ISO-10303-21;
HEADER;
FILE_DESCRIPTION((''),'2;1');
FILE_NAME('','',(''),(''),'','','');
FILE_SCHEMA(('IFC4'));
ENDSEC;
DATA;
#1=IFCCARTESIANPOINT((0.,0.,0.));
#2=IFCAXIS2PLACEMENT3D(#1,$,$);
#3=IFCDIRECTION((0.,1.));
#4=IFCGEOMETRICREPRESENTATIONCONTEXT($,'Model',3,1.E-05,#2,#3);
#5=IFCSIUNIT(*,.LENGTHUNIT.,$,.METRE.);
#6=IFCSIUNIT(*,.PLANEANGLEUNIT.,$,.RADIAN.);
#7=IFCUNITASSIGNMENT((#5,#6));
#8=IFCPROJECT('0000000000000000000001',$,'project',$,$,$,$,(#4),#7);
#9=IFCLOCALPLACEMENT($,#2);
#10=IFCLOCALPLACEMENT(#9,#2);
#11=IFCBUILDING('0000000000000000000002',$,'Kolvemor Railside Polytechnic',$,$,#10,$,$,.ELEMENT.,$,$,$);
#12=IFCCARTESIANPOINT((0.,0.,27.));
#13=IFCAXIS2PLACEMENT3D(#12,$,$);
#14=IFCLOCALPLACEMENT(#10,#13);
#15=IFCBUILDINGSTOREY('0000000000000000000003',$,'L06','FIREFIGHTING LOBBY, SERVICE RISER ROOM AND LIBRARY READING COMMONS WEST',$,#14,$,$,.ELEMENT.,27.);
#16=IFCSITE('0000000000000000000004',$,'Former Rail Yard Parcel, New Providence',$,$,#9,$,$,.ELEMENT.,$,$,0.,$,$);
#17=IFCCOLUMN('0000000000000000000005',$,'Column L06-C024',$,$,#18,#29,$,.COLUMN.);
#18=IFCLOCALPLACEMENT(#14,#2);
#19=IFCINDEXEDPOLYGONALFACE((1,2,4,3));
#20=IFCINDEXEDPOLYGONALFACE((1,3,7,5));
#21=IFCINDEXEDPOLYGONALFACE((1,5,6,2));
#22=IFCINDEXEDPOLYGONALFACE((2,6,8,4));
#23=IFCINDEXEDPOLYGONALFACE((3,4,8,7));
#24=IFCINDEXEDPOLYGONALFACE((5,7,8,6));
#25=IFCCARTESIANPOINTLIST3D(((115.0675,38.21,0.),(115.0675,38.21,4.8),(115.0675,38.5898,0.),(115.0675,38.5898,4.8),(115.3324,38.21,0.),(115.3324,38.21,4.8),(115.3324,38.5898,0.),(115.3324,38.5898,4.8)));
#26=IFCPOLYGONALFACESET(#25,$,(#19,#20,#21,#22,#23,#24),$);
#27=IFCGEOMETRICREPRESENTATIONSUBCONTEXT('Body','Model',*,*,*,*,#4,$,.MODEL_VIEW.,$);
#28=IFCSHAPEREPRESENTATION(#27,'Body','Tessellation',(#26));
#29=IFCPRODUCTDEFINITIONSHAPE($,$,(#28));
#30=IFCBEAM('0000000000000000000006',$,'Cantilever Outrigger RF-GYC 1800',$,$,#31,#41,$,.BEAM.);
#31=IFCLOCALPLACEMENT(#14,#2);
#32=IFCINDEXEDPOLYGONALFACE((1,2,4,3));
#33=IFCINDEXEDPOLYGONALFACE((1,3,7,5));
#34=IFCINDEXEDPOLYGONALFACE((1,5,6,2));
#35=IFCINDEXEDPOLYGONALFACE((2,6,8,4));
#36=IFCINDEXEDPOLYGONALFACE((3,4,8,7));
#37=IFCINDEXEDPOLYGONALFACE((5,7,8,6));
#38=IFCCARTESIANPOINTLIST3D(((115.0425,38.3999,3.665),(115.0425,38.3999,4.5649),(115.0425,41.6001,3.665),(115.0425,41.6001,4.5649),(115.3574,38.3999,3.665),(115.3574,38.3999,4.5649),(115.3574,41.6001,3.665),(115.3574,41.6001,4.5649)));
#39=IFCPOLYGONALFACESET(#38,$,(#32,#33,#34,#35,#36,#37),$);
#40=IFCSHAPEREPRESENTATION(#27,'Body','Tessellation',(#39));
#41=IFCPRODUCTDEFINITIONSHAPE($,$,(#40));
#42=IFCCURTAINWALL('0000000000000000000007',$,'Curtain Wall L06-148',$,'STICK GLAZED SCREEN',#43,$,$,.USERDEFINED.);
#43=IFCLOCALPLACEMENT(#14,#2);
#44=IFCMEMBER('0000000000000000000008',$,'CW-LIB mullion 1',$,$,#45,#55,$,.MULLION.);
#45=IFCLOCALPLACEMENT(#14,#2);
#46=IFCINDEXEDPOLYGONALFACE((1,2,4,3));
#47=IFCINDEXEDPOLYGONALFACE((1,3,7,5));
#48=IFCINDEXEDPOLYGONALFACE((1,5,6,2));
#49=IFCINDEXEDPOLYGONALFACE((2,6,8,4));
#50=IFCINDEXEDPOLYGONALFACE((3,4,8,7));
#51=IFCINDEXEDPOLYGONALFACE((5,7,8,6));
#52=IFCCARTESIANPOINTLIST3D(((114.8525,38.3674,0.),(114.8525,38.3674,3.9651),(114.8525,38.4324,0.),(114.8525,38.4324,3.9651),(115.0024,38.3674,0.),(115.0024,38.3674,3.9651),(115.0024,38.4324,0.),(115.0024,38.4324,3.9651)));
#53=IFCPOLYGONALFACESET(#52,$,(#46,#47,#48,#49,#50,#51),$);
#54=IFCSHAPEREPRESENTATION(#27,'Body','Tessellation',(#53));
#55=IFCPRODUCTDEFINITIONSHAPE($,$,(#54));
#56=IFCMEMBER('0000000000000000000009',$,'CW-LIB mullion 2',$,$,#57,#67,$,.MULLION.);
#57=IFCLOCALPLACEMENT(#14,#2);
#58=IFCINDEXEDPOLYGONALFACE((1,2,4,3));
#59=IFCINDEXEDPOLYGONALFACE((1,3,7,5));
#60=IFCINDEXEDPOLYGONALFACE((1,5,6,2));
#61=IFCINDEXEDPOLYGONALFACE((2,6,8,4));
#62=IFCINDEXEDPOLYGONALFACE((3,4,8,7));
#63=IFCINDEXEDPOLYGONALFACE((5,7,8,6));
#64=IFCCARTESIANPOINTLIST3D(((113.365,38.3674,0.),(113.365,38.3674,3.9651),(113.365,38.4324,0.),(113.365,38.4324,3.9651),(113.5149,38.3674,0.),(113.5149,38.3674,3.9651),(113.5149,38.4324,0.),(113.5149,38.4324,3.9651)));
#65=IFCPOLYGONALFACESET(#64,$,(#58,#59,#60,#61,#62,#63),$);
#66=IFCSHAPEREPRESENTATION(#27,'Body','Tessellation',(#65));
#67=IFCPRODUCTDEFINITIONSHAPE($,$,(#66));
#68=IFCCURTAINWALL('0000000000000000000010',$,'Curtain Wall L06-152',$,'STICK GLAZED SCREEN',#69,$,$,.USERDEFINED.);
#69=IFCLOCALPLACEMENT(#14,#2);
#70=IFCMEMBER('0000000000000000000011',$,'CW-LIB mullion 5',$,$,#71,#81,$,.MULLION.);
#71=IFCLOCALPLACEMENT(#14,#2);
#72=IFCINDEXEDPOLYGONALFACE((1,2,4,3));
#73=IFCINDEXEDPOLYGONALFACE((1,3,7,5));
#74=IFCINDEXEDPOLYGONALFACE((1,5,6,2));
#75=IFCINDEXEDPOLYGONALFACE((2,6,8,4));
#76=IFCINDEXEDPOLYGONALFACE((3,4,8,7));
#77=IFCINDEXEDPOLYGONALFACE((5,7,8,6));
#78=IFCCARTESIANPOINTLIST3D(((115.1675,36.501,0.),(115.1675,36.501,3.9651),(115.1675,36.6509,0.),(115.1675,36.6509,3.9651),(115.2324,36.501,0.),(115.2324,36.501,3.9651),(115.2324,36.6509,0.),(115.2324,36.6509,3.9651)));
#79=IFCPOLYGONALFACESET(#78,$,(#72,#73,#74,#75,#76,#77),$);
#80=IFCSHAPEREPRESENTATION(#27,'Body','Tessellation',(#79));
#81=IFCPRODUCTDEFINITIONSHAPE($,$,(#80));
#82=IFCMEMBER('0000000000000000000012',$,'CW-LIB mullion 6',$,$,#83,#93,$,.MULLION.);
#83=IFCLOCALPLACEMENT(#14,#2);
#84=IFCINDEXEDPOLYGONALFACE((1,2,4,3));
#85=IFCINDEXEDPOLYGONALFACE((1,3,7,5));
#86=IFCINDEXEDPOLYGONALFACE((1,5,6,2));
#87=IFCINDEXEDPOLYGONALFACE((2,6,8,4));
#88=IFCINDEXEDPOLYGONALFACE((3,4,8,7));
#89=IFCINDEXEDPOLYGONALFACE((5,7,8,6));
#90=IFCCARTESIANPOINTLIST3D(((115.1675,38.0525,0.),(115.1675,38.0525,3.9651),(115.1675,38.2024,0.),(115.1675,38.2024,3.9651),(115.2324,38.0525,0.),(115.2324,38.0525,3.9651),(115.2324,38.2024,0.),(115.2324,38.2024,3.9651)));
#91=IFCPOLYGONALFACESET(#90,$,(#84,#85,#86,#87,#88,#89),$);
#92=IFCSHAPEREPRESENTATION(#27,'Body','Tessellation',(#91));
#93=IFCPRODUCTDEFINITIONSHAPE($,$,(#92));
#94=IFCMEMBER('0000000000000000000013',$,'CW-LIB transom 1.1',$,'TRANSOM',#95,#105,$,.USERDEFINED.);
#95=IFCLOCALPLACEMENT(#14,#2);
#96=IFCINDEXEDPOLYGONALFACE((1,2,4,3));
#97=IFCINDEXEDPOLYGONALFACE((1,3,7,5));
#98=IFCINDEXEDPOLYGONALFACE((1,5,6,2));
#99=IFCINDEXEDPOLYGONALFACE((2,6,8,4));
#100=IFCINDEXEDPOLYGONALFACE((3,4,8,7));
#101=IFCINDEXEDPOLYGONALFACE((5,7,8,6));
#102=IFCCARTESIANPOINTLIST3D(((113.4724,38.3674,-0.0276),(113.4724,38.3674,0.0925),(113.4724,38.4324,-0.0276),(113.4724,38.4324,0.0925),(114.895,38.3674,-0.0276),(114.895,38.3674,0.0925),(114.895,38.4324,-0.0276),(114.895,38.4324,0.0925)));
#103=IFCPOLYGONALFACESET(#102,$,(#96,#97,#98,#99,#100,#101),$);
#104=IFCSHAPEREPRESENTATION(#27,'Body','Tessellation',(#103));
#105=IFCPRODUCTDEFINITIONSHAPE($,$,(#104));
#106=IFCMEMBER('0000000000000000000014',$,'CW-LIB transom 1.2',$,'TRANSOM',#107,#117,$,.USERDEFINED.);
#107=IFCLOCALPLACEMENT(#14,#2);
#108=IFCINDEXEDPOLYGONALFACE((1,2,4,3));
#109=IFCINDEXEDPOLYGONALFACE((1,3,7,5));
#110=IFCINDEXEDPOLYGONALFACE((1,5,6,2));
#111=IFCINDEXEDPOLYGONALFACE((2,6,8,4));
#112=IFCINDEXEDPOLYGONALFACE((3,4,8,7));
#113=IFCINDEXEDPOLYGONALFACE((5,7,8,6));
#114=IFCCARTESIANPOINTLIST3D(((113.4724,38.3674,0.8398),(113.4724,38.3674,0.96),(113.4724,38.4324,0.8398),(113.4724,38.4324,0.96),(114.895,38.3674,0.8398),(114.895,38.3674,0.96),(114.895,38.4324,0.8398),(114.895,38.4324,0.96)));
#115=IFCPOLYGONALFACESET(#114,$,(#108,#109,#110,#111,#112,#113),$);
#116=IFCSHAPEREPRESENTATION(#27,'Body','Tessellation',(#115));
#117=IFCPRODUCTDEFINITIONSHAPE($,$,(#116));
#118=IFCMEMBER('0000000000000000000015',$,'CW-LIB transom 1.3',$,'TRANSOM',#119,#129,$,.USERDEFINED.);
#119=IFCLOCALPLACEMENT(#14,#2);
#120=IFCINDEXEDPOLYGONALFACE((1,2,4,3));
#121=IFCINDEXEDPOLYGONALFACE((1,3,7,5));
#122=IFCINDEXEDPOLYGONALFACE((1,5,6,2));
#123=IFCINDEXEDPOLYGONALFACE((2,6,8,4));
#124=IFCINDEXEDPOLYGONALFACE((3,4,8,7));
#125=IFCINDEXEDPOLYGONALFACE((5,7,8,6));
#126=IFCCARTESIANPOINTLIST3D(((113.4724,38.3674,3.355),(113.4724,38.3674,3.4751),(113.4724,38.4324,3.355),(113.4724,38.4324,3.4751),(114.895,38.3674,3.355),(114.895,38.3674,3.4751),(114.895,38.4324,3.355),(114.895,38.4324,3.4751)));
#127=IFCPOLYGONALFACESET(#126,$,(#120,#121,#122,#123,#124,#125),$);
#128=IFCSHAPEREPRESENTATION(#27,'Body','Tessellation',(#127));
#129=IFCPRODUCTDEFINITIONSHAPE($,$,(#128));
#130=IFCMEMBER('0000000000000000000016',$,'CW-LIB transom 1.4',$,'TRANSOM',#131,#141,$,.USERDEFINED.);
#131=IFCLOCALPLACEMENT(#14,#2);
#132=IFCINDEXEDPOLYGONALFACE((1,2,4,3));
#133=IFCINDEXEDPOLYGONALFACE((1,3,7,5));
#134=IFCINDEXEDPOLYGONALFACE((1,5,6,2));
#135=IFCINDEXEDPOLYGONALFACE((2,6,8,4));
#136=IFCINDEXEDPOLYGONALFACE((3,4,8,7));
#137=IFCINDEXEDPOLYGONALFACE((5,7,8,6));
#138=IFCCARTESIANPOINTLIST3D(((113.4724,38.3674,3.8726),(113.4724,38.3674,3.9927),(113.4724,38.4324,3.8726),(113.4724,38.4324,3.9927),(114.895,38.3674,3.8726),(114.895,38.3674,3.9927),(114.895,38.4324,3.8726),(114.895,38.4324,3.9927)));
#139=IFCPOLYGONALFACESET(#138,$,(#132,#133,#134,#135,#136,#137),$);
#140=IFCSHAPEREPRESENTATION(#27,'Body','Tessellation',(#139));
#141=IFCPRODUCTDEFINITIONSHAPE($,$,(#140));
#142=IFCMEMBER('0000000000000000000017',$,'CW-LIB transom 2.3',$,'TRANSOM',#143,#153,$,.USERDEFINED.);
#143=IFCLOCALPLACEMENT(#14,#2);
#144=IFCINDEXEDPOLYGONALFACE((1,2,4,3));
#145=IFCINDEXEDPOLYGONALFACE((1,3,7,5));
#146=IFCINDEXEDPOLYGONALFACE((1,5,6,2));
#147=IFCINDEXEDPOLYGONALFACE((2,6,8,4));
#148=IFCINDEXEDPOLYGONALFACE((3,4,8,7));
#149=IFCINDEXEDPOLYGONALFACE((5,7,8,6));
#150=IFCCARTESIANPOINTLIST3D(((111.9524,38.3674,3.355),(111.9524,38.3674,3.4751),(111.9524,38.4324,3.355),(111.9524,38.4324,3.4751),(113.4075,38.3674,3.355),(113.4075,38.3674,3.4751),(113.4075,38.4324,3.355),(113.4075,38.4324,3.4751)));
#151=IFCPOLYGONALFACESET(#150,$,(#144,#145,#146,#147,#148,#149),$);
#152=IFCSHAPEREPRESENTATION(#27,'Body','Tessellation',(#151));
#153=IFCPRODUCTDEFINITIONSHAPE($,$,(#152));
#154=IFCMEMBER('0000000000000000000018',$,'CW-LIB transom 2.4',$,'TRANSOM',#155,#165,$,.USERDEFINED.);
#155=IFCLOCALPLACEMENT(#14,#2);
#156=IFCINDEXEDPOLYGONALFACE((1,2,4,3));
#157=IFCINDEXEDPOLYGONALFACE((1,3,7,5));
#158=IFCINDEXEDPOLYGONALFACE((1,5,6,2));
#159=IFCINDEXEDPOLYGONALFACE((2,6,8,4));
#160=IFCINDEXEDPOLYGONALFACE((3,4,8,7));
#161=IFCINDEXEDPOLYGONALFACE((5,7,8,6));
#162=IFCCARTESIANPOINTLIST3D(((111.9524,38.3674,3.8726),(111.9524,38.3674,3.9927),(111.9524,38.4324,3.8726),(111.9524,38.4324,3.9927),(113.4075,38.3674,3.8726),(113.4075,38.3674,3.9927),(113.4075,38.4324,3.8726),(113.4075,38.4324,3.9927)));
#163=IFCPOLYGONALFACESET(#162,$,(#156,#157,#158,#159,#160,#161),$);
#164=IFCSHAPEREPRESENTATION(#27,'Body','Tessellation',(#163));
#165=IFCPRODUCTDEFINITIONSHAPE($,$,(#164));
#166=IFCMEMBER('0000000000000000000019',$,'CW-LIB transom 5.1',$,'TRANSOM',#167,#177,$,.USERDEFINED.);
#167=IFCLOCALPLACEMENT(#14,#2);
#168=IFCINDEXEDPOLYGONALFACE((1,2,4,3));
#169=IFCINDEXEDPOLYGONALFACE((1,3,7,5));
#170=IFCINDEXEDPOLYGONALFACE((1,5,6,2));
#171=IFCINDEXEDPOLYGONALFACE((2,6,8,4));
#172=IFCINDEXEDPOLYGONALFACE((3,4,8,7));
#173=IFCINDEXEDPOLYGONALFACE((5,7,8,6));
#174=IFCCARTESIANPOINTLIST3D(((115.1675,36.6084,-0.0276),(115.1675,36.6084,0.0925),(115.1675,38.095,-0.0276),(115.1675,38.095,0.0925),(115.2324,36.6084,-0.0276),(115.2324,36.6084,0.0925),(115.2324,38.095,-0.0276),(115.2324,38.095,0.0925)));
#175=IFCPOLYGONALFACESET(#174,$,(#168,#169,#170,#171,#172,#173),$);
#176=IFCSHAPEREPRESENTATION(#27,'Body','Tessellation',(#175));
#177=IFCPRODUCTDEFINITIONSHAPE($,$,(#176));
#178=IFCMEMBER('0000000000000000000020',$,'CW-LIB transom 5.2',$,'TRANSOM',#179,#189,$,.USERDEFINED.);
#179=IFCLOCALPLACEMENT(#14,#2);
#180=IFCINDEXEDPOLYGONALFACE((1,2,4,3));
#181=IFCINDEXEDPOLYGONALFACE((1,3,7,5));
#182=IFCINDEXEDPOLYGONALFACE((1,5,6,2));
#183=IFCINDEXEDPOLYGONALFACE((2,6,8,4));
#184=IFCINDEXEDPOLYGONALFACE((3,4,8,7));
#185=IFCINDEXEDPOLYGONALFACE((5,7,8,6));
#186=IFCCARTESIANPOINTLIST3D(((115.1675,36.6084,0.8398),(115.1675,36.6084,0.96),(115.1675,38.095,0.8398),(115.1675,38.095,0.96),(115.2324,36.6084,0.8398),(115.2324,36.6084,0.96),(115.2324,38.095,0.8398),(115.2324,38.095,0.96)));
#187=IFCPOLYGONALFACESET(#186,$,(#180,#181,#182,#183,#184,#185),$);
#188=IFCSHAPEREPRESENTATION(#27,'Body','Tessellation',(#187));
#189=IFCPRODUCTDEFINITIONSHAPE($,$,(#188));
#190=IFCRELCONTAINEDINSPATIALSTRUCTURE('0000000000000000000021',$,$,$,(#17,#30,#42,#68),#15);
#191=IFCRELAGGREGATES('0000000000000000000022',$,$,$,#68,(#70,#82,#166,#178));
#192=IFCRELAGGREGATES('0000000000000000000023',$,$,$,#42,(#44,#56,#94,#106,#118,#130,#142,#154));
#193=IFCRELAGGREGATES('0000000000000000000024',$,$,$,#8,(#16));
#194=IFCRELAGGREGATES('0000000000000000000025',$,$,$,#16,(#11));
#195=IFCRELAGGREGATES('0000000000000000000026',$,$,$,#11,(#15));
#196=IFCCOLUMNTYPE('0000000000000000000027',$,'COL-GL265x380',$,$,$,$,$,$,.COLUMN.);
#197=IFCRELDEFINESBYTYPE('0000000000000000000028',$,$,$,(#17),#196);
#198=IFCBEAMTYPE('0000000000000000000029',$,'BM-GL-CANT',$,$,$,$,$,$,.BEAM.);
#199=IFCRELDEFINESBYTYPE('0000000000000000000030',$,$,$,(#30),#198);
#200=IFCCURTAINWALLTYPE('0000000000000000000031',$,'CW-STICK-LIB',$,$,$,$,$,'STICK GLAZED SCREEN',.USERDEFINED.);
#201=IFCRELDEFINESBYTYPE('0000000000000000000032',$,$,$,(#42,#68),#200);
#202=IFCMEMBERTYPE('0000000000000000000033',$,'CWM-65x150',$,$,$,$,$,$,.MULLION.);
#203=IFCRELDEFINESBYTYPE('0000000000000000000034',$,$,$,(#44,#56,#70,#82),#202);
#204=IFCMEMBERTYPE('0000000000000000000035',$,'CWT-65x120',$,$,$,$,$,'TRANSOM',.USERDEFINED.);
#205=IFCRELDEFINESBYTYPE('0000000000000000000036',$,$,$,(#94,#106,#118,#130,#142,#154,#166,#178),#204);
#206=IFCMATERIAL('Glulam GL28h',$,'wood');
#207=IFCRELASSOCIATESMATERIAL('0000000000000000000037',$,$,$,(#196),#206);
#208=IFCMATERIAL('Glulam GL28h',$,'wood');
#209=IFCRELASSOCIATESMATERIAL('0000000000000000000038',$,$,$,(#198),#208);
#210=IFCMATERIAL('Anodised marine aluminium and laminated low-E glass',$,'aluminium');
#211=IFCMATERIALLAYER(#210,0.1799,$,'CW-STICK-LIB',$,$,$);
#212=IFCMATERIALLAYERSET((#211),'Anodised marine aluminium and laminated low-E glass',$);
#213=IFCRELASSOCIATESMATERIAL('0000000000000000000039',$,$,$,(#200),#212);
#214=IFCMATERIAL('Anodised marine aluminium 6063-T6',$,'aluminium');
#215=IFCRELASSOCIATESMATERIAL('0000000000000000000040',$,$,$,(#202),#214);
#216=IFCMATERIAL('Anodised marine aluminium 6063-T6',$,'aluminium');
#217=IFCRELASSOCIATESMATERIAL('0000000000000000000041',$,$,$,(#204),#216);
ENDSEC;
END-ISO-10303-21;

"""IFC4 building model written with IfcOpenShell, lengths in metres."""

from ifc_helpers import new_model, si_unit, direction, frame, origin, origin_2d, place, context, subcontext, project, spatial, rectangle, extrude, material, layer, layer_set, material_profile, profile_set, type_object, element, aggregate, save


model = new_model("IFC4")

# Units and contexts
model_context = context("Model", 3, precision=1e-05, world=origin(), true_north=direction((0.0, 1.0)))
body_context = subcontext(model_context, "Body", "Model", "MODEL_VIEW")
ifc_project = project(units=[si_unit("LENGTHUNIT", "METRE"), si_unit("PLANEANGLEUNIT", "RADIAN")], contexts=[model_context])

# Site, building, storey
site_placement = place(None, origin())
site = spatial("IfcSite", under=ifc_project, at=site_placement, Name="Former Rail Yard Parcel, New Providence", CompositionType="ELEMENT", RefElevation=0.0)
building_placement = place(site_placement, origin())
building = spatial("IfcBuilding", under=site, at=building_placement, Name="Kolvemor Railside Polytechnic", CompositionType="ELEMENT")
storey_placement = place(building_placement, frame((0.0, 0.0, 27.0)))
storey = spatial("IfcBuildingStorey", under=building, at=storey_placement, Name="L06", Description="FIREFIGHTING LOBBY, SERVICE RISER ROOM AND LIBRARY READING COMMONS WEST", CompositionType="ELEMENT", Elevation=27.0)

# Column
ifc_material_1 = material(Name="Glulam GL28h", Category="wood")
ifc_material_profile_1 = material_profile(ifc_material_1, rectangle(XDim=0.2649, YDim=0.3799, at=origin_2d()), Name="GL265x380")
ifc_profile_set_1 = profile_set([ifc_material_profile_1], Name="Glulam GL28h")
column_type = type_object("IfcColumnType", Name="COL-GL265x380", PredefinedType="COLUMN", material=ifc_profile_set_1)
column_placement = place(storey_placement, frame((115.2, 38.3999, 0.0), z_axis=(0.0, 0.0, 1.0), x_axis=(1.0, 0.0, 0.0)))
element("IfcColumn", 1, at=column_placement, inside=storey, type_object=column_type, Name="Column L06-C024", PredefinedType="COLUMN", context=body_context, shape_type="SweptSolid", body=[
    extrude(rectangle(XDim=0.2649, YDim=0.3799, at=origin_2d()), origin(), (0.0, 0.0, 1.0), 4.8),
])

# Beam
ifc_material_2 = material(Name="Glulam GL28h", Category="wood")
ifc_material_profile_2 = material_profile(ifc_material_2, rectangle(XDim=0.3149, YDim=0.8999, at=origin_2d()), Name="GL315x900")
ifc_profile_set_2 = profile_set([ifc_material_profile_2], Name="Glulam GL28h")
beam_type = type_object("IfcBeamType", Name="BM-GL-CANT", PredefinedType="BEAM", material=ifc_profile_set_2)
beam_placement = place(storey_placement, frame((115.2, 38.3999, 4.115), z_axis=(0.0, 1.0, 0.0), x_axis=(-1.0, 0.0, 0.0)))
element("IfcBeam", 2, at=beam_placement, inside=storey, type_object=beam_type, Name="Cantilever Outrigger RF-GYC 1800", PredefinedType="BEAM", context=body_context, shape_type="SweptSolid", body=[
    extrude(rectangle(XDim=0.3149, YDim=0.8999, at=origin_2d()), origin(), (0.0, 0.0, 1.0), 3.2002),
])

# Curtain walls, members
ifc_material_3 = material(Name="Anodised marine aluminium and laminated low-E glass", Category="aluminium")
ifc_layer_1 = layer(ifc_material_3, 0.1799, Name="CW-STICK-LIB")
ifc_layer_set_1 = layer_set([ifc_layer_1], Name="Anodised marine aluminium and laminated low-E glass")
curtain_wall_type = type_object("IfcCurtainWallType", Name="CW-STICK-LIB", ElementType="STICK GLAZED SCREEN", PredefinedType="USERDEFINED", material=ifc_layer_set_1)
curtain_wall_1_placement = place(storey_placement, origin())
curtain_wall_1 = element("IfcCurtainWall", 3, at=curtain_wall_1_placement, inside=storey, type_object=curtain_wall_type, Name="Curtain Wall L06-148", ObjectType="STICK GLAZED SCREEN", PredefinedType="USERDEFINED")
ifc_material_4 = material(Name="Anodised marine aluminium 6063-T6", Category="aluminium")
ifc_material_profile_3 = material_profile(ifc_material_4, rectangle(XDim=0.0649, YDim=0.1499, at=origin_2d()), Name="CW-MUL-65x150")
ifc_profile_set_3 = profile_set([ifc_material_profile_3], Name="Anodised marine aluminium 6063-T6")
member_type_1 = type_object("IfcMemberType", Name="CWM-65x150", PredefinedType="MULLION", material=ifc_profile_set_3)
member_1_placement = place(storey_placement, frame((114.9275, 38.3999, 0.0), z_axis=(0.0, 0.0, 1.0), x_axis=(0.0, -1.0, 0.0)))
member_1 = element("IfcMember", 4, at=member_1_placement, type_object=member_type_1, Name="CW-LIB mullion 1", PredefinedType="MULLION", context=body_context, shape_type="SweptSolid", body=[
    extrude(rectangle(XDim=0.0649, YDim=0.1499, at=origin_2d()), origin(), (0.0, 0.0, 1.0), 3.9651),
])
member_2_placement = place(storey_placement, frame((113.4399, 38.3999, 0.0), z_axis=(0.0, 0.0, 1.0), x_axis=(0.0, -1.0, 0.0)))
member_2 = element("IfcMember", 5, at=member_2_placement, type_object=member_type_1, Name="CW-LIB mullion 2", PredefinedType="MULLION", context=body_context, shape_type="SweptSolid", body=[
    extrude(rectangle(XDim=0.0649, YDim=0.1499, at=origin_2d()), origin(), (0.0, 0.0, 1.0), 3.9651),
])
curtain_wall_2_placement = place(storey_placement, origin())
curtain_wall_2 = element("IfcCurtainWall", 6, at=curtain_wall_2_placement, inside=storey, type_object=curtain_wall_type, Name="Curtain Wall L06-152", ObjectType="STICK GLAZED SCREEN", PredefinedType="USERDEFINED")
member_3_placement = place(storey_placement, frame((115.2, 36.5759, 0.0), z_axis=(0.0, 0.0, 1.0), x_axis=(-1.0, 0.0, 0.0)))
member_3 = element("IfcMember", 7, at=member_3_placement, type_object=member_type_1, Name="CW-LIB mullion 5", PredefinedType="MULLION", context=body_context, shape_type="SweptSolid", body=[
    extrude(rectangle(XDim=0.0649, YDim=0.1499, at=origin_2d()), origin(), (0.0, 0.0, 1.0), 3.9651),
])
member_4_placement = place(storey_placement, frame((115.2, 38.1274, 0.0), z_axis=(0.0, 0.0, 1.0), x_axis=(-1.0, 0.0, 0.0)))
member_4 = element("IfcMember", 8, at=member_4_placement, type_object=member_type_1, Name="CW-LIB mullion 6", PredefinedType="MULLION", context=body_context, shape_type="SweptSolid", body=[
    extrude(rectangle(XDim=0.0649, YDim=0.1499, at=origin_2d()), origin(), (0.0, 0.0, 1.0), 3.9651),
])

# Members
ifc_material_5 = material(Name="Anodised marine aluminium 6063-T6", Category="aluminium")
ifc_material_profile_4 = material_profile(ifc_material_5, rectangle(XDim=0.0649, YDim=0.1201, at=origin_2d()), Name="CW-TRN-65x120")
ifc_profile_set_4 = profile_set([ifc_material_profile_4], Name="Anodised marine aluminium 6063-T6")
member_type_2 = type_object("IfcMemberType", Name="CWT-65x120", ElementType="TRANSOM", PredefinedType="USERDEFINED", material=ifc_profile_set_4)
member_5_placement = place(storey_placement, frame((114.895, 38.3999, 0.0325), z_axis=(-1.0, 0.0, 0.0), x_axis=(0.0, -1.0, 0.0)))
member_5 = element("IfcMember", 9, at=member_5_placement, type_object=member_type_2, Name="CW-LIB transom 1.1", ObjectType="TRANSOM", PredefinedType="USERDEFINED", context=body_context, shape_type="SweptSolid", body=[
    extrude(rectangle(XDim=0.0649, YDim=0.1201, at=origin_2d()), origin(), (0.0, 0.0, 1.0), 1.4226),
])
member_6_placement = place(storey_placement, frame((114.895, 38.3999, 0.8999), z_axis=(-1.0, 0.0, 0.0), x_axis=(0.0, -1.0, 0.0)))
member_6 = element("IfcMember", 10, at=member_6_placement, type_object=member_type_2, Name="CW-LIB transom 1.2", ObjectType="TRANSOM", PredefinedType="USERDEFINED", context=body_context, shape_type="SweptSolid", body=[
    extrude(rectangle(XDim=0.0649, YDim=0.1201, at=origin_2d()), origin(), (0.0, 0.0, 1.0), 1.4226),
])
member_7_placement = place(storey_placement, frame((114.895, 38.3999, 3.415), z_axis=(-1.0, 0.0, 0.0), x_axis=(0.0, -1.0, 0.0)))
member_7 = element("IfcMember", 11, at=member_7_placement, type_object=member_type_2, Name="CW-LIB transom 1.3", ObjectType="TRANSOM", PredefinedType="USERDEFINED", context=body_context, shape_type="SweptSolid", body=[
    extrude(rectangle(XDim=0.0649, YDim=0.1201, at=origin_2d()), origin(), (0.0, 0.0, 1.0), 1.4226),
])
member_8_placement = place(storey_placement, frame((114.895, 38.3999, 3.9326), z_axis=(-1.0, 0.0, 0.0), x_axis=(0.0, -1.0, 0.0)))
member_8 = element("IfcMember", 12, at=member_8_placement, type_object=member_type_2, Name="CW-LIB transom 1.4", ObjectType="TRANSOM", PredefinedType="USERDEFINED", context=body_context, shape_type="SweptSolid", body=[
    extrude(rectangle(XDim=0.0649, YDim=0.1201, at=origin_2d()), origin(), (0.0, 0.0, 1.0), 1.4226),
])
member_9_placement = place(storey_placement, frame((113.4075, 38.3999, 3.415), z_axis=(-1.0, 0.0, 0.0), x_axis=(0.0, -1.0, 0.0)))
member_9 = element("IfcMember", 13, at=member_9_placement, type_object=member_type_2, Name="CW-LIB transom 2.3", ObjectType="TRANSOM", PredefinedType="USERDEFINED", context=body_context, shape_type="SweptSolid", body=[
    extrude(rectangle(XDim=0.0649, YDim=0.1201, at=origin_2d()), origin(), (0.0, 0.0, 1.0), 1.4551),
])
member_10_placement = place(storey_placement, frame((113.4075, 38.3999, 3.9326), z_axis=(-1.0, 0.0, 0.0), x_axis=(0.0, -1.0, 0.0)))
member_10 = element("IfcMember", 14, at=member_10_placement, type_object=member_type_2, Name="CW-LIB transom 2.4", ObjectType="TRANSOM", PredefinedType="USERDEFINED", context=body_context, shape_type="SweptSolid", body=[
    extrude(rectangle(XDim=0.0649, YDim=0.1201, at=origin_2d()), origin(), (0.0, 0.0, 1.0), 1.4551),
])
member_11_placement = place(storey_placement, frame((115.2, 36.6084, 0.0325), z_axis=(0.0, 1.0, 0.0), x_axis=(-1.0, 0.0, 0.0)))
member_11 = element("IfcMember", 15, at=member_11_placement, type_object=member_type_2, Name="CW-LIB transom 5.1", ObjectType="TRANSOM", PredefinedType="USERDEFINED", context=body_context, shape_type="SweptSolid", body=[
    extrude(rectangle(XDim=0.0649, YDim=0.1201, at=origin_2d()), origin(), (0.0, 0.0, 1.0), 1.4866),
])
member_12_placement = place(storey_placement, frame((115.2, 36.6084, 0.8999), z_axis=(0.0, 1.0, 0.0), x_axis=(-1.0, 0.0, 0.0)))
member_12 = element("IfcMember", 16, at=member_12_placement, type_object=member_type_2, Name="CW-LIB transom 5.2", ObjectType="TRANSOM", PredefinedType="USERDEFINED", context=body_context, shape_type="SweptSolid", body=[
    extrude(rectangle(XDim=0.0649, YDim=0.1201, at=origin_2d()), origin(), (0.0, 0.0, 1.0), 1.4866),
])

aggregate(curtain_wall_2, [member_3, member_4, member_11, member_12])
aggregate(curtain_wall_1, [member_1, member_2, member_5, member_6, member_7, member_8, member_9, member_10])

save(model, "model.ifc")
